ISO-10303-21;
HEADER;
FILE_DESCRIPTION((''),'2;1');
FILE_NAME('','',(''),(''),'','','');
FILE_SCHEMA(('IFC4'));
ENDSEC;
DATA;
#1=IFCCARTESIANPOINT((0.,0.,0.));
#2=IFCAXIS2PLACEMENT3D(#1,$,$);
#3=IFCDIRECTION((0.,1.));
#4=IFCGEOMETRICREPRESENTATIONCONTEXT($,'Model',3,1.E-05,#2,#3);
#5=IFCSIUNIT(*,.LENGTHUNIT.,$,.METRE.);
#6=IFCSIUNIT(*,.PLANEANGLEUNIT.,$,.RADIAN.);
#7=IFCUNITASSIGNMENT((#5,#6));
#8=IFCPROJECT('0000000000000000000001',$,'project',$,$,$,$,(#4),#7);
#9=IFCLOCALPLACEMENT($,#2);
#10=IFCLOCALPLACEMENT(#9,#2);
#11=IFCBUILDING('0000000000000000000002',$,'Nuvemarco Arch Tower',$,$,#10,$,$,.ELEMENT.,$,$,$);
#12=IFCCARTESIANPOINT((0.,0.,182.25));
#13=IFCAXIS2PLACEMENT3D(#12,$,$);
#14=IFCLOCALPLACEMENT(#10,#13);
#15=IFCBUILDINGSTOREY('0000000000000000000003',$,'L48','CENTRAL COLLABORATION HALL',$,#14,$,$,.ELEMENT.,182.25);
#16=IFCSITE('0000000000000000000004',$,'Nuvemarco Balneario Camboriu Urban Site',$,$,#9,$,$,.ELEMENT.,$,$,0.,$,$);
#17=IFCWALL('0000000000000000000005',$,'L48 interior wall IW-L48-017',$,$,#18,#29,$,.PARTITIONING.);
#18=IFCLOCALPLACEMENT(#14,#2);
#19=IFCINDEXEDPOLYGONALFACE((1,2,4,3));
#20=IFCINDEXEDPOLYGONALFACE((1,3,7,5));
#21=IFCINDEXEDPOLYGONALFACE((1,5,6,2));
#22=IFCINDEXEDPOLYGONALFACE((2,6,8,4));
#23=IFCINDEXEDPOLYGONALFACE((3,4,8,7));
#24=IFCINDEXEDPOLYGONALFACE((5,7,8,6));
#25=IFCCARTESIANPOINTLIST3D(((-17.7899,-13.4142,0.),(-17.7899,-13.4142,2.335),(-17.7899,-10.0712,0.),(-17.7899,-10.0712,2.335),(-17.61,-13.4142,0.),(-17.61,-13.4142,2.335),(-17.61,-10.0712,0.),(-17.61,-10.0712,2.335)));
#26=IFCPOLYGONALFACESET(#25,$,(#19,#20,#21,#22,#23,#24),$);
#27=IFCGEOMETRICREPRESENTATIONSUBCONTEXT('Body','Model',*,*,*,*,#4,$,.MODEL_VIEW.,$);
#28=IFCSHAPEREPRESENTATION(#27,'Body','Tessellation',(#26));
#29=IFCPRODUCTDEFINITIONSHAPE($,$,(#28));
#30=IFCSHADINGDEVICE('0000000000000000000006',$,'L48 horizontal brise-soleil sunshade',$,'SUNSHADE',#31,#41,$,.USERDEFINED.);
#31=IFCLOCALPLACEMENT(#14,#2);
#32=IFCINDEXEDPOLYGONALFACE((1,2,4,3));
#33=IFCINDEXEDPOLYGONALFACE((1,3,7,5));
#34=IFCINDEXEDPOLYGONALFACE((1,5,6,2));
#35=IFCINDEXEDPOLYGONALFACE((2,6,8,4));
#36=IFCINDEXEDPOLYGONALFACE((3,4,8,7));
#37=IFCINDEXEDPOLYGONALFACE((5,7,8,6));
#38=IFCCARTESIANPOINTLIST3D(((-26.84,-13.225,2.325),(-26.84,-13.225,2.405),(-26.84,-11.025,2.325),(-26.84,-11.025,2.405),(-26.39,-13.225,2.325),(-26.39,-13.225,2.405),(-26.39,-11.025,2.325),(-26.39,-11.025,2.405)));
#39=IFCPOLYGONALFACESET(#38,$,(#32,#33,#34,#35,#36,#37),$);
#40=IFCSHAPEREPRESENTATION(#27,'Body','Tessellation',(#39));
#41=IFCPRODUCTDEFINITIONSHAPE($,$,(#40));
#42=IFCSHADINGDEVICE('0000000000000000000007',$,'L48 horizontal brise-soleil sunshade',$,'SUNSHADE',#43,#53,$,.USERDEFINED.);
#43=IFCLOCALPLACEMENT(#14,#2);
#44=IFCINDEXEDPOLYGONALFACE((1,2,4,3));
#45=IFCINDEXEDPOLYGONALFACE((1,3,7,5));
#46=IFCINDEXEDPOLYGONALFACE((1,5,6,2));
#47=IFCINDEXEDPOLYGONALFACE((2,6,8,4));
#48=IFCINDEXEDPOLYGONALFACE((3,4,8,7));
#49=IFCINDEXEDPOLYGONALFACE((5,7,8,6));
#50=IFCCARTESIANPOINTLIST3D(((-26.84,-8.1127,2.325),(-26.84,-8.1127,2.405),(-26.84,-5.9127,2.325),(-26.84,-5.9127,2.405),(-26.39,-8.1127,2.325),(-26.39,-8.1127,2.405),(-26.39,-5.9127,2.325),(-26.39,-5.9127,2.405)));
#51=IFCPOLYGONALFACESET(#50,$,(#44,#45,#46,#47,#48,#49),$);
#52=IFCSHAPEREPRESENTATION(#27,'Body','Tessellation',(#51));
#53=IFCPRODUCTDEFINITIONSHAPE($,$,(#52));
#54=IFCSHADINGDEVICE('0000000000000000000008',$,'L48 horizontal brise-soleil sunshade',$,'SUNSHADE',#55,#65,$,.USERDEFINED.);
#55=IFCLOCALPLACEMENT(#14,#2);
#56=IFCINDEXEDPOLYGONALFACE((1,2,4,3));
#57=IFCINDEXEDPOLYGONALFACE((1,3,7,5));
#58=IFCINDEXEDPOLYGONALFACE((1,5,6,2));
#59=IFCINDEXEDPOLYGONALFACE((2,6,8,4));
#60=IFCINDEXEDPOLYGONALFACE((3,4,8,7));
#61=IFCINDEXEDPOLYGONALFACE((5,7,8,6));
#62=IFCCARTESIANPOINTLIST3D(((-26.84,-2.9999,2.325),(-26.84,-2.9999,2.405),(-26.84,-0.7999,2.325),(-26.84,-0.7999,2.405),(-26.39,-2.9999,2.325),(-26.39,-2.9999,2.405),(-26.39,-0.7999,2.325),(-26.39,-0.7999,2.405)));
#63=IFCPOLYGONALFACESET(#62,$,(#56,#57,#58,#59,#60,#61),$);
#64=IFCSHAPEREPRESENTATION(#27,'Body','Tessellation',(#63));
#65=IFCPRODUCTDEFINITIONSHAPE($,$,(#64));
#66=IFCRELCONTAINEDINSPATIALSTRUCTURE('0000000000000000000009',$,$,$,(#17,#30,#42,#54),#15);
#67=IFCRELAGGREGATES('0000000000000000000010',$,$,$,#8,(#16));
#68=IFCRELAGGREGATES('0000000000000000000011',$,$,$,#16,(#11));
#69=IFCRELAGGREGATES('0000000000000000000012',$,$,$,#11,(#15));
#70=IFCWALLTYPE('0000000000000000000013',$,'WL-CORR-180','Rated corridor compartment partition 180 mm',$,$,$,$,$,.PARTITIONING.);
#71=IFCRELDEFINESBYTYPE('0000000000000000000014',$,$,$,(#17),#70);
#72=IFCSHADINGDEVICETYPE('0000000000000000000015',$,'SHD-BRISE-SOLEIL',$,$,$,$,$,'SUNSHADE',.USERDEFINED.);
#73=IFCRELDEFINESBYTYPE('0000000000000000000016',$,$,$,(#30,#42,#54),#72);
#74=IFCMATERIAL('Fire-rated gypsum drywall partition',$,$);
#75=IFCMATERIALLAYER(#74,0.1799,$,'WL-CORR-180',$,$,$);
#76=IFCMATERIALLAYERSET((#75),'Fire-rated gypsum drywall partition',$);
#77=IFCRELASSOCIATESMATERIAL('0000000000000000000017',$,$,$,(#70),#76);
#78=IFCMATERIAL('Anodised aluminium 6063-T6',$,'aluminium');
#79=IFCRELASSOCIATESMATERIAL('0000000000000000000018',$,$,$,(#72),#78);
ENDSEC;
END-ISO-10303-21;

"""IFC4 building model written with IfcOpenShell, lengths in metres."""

from ifc_helpers import new_model, si_unit, direction, frame, frame_2d, origin, origin_2d, place, context, subcontext, project, spatial, rectangle, extrude, source, transform, mapped, material, layer, layer_set, type_object, type_shapes, element, save


model = new_model("IFC4")

# Units and contexts
model_context = context("Model", 3, precision=1e-05, world=origin(), true_north=direction((0.0, 1.0)))
body_context = subcontext(model_context, "Body", "Model", "MODEL_VIEW")
ifc_project = project(units=[si_unit("LENGTHUNIT", "METRE"), si_unit("PLANEANGLEUNIT", "RADIAN")], contexts=[model_context])

# Site, building, storey
site_placement = place(None, origin())
site = spatial("IfcSite", under=ifc_project, at=site_placement, Name="Nuvemarco Balneario Camboriu Urban Site", CompositionType="ELEMENT", RefElevation=0.0)
building_placement = place(site_placement, origin())
building = spatial("IfcBuilding", under=site, at=building_placement, Name="Nuvemarco Arch Tower", CompositionType="ELEMENT")
storey_placement = place(building_placement, frame((0.0, 0.0, 182.25)))
storey = spatial("IfcBuildingStorey", under=building, at=storey_placement, Name="L48", Description="CENTRAL COLLABORATION HALL", CompositionType="ELEMENT", Elevation=182.25)

# Wall
ifc_material_1 = material(Name="Fire-rated gypsum drywall partition")
ifc_layer_1 = layer(ifc_material_1, 0.1799, Name="WL-CORR-180")
ifc_layer_set_1 = layer_set([ifc_layer_1], Name="Fire-rated gypsum drywall partition")
wall_type_1 = type_object("IfcWallType", Name="WL-CORR-180", Description="Rated corridor compartment partition 180 mm", PredefinedType="PARTITIONING", material=ifc_layer_set_1)
wall_1_placement = place(storey_placement, frame((-17.7, -13.4141, 0.0), z_axis=(0.0, 0.0, 1.0), x_axis=(0.0, 1.0, 0.0)))
element("IfcWall", 1, at=wall_1_placement, inside=storey, type_object=wall_type_1, Name="L48 interior wall IW-L48-017", PredefinedType="PARTITIONING", context=body_context, shape_type="SweptSolid", body=[
    extrude(rectangle(XDim=3.343, YDim=0.1799, at=frame_2d((1.6714, 0.0))), origin(), (0.0, 0.0, 1.0), 2.335),
])

# Shading devices
ifc_material_2 = material(Name="Anodised aluminium 6063-T6", Category="aluminium")
shading_device_type = type_object("IfcShadingDeviceType", Name="SHD-BRISE-SOLEIL", ElementType="SUNSHADE", PredefinedType="USERDEFINED", material=ifc_material_2)
shared_shape = source(origin(), body_context, "Body", "SweptSolid", [
    extrude(rectangle(XDim=2.2, YDim=0.45, at=origin_2d()), origin(), (0.0, 0.0, 1.0), 0.0801),
])
type_shapes(shading_device_type, [shared_shape])
for number, where, z_axis, x_axis, name in (
    (2, (-26.615, -12.125, 2.325), (0.0, 0.0, 1.0), (0.0, 1.0, 0.0), "L48 horizontal brise-soleil sunshade"),
    (3, (-26.615, -7.0127, 2.325), (0.0, 0.0, 1.0), (0.0, 1.0, 0.0), "L48 horizontal brise-soleil sunshade"),
    (4, (-26.615, -1.8999, 2.325), (0.0, 0.0, 1.0), (0.0, 1.0, 0.0), "L48 horizontal brise-soleil sunshade"),
):
    element("IfcShadingDevice", number, at=place(storey_placement, frame(where, z_axis=z_axis, x_axis=x_axis)), inside=storey, type_object=shading_device_type, Name=name, ObjectType="SUNSHADE", PredefinedType="USERDEFINED", context=body_context, shape_type="MappedRepresentation", body=[
        mapped(shared_shape, transform((0.0, 0.0, 0.0), scale=1.0)),
    ])

save(model, "model.ifc")
